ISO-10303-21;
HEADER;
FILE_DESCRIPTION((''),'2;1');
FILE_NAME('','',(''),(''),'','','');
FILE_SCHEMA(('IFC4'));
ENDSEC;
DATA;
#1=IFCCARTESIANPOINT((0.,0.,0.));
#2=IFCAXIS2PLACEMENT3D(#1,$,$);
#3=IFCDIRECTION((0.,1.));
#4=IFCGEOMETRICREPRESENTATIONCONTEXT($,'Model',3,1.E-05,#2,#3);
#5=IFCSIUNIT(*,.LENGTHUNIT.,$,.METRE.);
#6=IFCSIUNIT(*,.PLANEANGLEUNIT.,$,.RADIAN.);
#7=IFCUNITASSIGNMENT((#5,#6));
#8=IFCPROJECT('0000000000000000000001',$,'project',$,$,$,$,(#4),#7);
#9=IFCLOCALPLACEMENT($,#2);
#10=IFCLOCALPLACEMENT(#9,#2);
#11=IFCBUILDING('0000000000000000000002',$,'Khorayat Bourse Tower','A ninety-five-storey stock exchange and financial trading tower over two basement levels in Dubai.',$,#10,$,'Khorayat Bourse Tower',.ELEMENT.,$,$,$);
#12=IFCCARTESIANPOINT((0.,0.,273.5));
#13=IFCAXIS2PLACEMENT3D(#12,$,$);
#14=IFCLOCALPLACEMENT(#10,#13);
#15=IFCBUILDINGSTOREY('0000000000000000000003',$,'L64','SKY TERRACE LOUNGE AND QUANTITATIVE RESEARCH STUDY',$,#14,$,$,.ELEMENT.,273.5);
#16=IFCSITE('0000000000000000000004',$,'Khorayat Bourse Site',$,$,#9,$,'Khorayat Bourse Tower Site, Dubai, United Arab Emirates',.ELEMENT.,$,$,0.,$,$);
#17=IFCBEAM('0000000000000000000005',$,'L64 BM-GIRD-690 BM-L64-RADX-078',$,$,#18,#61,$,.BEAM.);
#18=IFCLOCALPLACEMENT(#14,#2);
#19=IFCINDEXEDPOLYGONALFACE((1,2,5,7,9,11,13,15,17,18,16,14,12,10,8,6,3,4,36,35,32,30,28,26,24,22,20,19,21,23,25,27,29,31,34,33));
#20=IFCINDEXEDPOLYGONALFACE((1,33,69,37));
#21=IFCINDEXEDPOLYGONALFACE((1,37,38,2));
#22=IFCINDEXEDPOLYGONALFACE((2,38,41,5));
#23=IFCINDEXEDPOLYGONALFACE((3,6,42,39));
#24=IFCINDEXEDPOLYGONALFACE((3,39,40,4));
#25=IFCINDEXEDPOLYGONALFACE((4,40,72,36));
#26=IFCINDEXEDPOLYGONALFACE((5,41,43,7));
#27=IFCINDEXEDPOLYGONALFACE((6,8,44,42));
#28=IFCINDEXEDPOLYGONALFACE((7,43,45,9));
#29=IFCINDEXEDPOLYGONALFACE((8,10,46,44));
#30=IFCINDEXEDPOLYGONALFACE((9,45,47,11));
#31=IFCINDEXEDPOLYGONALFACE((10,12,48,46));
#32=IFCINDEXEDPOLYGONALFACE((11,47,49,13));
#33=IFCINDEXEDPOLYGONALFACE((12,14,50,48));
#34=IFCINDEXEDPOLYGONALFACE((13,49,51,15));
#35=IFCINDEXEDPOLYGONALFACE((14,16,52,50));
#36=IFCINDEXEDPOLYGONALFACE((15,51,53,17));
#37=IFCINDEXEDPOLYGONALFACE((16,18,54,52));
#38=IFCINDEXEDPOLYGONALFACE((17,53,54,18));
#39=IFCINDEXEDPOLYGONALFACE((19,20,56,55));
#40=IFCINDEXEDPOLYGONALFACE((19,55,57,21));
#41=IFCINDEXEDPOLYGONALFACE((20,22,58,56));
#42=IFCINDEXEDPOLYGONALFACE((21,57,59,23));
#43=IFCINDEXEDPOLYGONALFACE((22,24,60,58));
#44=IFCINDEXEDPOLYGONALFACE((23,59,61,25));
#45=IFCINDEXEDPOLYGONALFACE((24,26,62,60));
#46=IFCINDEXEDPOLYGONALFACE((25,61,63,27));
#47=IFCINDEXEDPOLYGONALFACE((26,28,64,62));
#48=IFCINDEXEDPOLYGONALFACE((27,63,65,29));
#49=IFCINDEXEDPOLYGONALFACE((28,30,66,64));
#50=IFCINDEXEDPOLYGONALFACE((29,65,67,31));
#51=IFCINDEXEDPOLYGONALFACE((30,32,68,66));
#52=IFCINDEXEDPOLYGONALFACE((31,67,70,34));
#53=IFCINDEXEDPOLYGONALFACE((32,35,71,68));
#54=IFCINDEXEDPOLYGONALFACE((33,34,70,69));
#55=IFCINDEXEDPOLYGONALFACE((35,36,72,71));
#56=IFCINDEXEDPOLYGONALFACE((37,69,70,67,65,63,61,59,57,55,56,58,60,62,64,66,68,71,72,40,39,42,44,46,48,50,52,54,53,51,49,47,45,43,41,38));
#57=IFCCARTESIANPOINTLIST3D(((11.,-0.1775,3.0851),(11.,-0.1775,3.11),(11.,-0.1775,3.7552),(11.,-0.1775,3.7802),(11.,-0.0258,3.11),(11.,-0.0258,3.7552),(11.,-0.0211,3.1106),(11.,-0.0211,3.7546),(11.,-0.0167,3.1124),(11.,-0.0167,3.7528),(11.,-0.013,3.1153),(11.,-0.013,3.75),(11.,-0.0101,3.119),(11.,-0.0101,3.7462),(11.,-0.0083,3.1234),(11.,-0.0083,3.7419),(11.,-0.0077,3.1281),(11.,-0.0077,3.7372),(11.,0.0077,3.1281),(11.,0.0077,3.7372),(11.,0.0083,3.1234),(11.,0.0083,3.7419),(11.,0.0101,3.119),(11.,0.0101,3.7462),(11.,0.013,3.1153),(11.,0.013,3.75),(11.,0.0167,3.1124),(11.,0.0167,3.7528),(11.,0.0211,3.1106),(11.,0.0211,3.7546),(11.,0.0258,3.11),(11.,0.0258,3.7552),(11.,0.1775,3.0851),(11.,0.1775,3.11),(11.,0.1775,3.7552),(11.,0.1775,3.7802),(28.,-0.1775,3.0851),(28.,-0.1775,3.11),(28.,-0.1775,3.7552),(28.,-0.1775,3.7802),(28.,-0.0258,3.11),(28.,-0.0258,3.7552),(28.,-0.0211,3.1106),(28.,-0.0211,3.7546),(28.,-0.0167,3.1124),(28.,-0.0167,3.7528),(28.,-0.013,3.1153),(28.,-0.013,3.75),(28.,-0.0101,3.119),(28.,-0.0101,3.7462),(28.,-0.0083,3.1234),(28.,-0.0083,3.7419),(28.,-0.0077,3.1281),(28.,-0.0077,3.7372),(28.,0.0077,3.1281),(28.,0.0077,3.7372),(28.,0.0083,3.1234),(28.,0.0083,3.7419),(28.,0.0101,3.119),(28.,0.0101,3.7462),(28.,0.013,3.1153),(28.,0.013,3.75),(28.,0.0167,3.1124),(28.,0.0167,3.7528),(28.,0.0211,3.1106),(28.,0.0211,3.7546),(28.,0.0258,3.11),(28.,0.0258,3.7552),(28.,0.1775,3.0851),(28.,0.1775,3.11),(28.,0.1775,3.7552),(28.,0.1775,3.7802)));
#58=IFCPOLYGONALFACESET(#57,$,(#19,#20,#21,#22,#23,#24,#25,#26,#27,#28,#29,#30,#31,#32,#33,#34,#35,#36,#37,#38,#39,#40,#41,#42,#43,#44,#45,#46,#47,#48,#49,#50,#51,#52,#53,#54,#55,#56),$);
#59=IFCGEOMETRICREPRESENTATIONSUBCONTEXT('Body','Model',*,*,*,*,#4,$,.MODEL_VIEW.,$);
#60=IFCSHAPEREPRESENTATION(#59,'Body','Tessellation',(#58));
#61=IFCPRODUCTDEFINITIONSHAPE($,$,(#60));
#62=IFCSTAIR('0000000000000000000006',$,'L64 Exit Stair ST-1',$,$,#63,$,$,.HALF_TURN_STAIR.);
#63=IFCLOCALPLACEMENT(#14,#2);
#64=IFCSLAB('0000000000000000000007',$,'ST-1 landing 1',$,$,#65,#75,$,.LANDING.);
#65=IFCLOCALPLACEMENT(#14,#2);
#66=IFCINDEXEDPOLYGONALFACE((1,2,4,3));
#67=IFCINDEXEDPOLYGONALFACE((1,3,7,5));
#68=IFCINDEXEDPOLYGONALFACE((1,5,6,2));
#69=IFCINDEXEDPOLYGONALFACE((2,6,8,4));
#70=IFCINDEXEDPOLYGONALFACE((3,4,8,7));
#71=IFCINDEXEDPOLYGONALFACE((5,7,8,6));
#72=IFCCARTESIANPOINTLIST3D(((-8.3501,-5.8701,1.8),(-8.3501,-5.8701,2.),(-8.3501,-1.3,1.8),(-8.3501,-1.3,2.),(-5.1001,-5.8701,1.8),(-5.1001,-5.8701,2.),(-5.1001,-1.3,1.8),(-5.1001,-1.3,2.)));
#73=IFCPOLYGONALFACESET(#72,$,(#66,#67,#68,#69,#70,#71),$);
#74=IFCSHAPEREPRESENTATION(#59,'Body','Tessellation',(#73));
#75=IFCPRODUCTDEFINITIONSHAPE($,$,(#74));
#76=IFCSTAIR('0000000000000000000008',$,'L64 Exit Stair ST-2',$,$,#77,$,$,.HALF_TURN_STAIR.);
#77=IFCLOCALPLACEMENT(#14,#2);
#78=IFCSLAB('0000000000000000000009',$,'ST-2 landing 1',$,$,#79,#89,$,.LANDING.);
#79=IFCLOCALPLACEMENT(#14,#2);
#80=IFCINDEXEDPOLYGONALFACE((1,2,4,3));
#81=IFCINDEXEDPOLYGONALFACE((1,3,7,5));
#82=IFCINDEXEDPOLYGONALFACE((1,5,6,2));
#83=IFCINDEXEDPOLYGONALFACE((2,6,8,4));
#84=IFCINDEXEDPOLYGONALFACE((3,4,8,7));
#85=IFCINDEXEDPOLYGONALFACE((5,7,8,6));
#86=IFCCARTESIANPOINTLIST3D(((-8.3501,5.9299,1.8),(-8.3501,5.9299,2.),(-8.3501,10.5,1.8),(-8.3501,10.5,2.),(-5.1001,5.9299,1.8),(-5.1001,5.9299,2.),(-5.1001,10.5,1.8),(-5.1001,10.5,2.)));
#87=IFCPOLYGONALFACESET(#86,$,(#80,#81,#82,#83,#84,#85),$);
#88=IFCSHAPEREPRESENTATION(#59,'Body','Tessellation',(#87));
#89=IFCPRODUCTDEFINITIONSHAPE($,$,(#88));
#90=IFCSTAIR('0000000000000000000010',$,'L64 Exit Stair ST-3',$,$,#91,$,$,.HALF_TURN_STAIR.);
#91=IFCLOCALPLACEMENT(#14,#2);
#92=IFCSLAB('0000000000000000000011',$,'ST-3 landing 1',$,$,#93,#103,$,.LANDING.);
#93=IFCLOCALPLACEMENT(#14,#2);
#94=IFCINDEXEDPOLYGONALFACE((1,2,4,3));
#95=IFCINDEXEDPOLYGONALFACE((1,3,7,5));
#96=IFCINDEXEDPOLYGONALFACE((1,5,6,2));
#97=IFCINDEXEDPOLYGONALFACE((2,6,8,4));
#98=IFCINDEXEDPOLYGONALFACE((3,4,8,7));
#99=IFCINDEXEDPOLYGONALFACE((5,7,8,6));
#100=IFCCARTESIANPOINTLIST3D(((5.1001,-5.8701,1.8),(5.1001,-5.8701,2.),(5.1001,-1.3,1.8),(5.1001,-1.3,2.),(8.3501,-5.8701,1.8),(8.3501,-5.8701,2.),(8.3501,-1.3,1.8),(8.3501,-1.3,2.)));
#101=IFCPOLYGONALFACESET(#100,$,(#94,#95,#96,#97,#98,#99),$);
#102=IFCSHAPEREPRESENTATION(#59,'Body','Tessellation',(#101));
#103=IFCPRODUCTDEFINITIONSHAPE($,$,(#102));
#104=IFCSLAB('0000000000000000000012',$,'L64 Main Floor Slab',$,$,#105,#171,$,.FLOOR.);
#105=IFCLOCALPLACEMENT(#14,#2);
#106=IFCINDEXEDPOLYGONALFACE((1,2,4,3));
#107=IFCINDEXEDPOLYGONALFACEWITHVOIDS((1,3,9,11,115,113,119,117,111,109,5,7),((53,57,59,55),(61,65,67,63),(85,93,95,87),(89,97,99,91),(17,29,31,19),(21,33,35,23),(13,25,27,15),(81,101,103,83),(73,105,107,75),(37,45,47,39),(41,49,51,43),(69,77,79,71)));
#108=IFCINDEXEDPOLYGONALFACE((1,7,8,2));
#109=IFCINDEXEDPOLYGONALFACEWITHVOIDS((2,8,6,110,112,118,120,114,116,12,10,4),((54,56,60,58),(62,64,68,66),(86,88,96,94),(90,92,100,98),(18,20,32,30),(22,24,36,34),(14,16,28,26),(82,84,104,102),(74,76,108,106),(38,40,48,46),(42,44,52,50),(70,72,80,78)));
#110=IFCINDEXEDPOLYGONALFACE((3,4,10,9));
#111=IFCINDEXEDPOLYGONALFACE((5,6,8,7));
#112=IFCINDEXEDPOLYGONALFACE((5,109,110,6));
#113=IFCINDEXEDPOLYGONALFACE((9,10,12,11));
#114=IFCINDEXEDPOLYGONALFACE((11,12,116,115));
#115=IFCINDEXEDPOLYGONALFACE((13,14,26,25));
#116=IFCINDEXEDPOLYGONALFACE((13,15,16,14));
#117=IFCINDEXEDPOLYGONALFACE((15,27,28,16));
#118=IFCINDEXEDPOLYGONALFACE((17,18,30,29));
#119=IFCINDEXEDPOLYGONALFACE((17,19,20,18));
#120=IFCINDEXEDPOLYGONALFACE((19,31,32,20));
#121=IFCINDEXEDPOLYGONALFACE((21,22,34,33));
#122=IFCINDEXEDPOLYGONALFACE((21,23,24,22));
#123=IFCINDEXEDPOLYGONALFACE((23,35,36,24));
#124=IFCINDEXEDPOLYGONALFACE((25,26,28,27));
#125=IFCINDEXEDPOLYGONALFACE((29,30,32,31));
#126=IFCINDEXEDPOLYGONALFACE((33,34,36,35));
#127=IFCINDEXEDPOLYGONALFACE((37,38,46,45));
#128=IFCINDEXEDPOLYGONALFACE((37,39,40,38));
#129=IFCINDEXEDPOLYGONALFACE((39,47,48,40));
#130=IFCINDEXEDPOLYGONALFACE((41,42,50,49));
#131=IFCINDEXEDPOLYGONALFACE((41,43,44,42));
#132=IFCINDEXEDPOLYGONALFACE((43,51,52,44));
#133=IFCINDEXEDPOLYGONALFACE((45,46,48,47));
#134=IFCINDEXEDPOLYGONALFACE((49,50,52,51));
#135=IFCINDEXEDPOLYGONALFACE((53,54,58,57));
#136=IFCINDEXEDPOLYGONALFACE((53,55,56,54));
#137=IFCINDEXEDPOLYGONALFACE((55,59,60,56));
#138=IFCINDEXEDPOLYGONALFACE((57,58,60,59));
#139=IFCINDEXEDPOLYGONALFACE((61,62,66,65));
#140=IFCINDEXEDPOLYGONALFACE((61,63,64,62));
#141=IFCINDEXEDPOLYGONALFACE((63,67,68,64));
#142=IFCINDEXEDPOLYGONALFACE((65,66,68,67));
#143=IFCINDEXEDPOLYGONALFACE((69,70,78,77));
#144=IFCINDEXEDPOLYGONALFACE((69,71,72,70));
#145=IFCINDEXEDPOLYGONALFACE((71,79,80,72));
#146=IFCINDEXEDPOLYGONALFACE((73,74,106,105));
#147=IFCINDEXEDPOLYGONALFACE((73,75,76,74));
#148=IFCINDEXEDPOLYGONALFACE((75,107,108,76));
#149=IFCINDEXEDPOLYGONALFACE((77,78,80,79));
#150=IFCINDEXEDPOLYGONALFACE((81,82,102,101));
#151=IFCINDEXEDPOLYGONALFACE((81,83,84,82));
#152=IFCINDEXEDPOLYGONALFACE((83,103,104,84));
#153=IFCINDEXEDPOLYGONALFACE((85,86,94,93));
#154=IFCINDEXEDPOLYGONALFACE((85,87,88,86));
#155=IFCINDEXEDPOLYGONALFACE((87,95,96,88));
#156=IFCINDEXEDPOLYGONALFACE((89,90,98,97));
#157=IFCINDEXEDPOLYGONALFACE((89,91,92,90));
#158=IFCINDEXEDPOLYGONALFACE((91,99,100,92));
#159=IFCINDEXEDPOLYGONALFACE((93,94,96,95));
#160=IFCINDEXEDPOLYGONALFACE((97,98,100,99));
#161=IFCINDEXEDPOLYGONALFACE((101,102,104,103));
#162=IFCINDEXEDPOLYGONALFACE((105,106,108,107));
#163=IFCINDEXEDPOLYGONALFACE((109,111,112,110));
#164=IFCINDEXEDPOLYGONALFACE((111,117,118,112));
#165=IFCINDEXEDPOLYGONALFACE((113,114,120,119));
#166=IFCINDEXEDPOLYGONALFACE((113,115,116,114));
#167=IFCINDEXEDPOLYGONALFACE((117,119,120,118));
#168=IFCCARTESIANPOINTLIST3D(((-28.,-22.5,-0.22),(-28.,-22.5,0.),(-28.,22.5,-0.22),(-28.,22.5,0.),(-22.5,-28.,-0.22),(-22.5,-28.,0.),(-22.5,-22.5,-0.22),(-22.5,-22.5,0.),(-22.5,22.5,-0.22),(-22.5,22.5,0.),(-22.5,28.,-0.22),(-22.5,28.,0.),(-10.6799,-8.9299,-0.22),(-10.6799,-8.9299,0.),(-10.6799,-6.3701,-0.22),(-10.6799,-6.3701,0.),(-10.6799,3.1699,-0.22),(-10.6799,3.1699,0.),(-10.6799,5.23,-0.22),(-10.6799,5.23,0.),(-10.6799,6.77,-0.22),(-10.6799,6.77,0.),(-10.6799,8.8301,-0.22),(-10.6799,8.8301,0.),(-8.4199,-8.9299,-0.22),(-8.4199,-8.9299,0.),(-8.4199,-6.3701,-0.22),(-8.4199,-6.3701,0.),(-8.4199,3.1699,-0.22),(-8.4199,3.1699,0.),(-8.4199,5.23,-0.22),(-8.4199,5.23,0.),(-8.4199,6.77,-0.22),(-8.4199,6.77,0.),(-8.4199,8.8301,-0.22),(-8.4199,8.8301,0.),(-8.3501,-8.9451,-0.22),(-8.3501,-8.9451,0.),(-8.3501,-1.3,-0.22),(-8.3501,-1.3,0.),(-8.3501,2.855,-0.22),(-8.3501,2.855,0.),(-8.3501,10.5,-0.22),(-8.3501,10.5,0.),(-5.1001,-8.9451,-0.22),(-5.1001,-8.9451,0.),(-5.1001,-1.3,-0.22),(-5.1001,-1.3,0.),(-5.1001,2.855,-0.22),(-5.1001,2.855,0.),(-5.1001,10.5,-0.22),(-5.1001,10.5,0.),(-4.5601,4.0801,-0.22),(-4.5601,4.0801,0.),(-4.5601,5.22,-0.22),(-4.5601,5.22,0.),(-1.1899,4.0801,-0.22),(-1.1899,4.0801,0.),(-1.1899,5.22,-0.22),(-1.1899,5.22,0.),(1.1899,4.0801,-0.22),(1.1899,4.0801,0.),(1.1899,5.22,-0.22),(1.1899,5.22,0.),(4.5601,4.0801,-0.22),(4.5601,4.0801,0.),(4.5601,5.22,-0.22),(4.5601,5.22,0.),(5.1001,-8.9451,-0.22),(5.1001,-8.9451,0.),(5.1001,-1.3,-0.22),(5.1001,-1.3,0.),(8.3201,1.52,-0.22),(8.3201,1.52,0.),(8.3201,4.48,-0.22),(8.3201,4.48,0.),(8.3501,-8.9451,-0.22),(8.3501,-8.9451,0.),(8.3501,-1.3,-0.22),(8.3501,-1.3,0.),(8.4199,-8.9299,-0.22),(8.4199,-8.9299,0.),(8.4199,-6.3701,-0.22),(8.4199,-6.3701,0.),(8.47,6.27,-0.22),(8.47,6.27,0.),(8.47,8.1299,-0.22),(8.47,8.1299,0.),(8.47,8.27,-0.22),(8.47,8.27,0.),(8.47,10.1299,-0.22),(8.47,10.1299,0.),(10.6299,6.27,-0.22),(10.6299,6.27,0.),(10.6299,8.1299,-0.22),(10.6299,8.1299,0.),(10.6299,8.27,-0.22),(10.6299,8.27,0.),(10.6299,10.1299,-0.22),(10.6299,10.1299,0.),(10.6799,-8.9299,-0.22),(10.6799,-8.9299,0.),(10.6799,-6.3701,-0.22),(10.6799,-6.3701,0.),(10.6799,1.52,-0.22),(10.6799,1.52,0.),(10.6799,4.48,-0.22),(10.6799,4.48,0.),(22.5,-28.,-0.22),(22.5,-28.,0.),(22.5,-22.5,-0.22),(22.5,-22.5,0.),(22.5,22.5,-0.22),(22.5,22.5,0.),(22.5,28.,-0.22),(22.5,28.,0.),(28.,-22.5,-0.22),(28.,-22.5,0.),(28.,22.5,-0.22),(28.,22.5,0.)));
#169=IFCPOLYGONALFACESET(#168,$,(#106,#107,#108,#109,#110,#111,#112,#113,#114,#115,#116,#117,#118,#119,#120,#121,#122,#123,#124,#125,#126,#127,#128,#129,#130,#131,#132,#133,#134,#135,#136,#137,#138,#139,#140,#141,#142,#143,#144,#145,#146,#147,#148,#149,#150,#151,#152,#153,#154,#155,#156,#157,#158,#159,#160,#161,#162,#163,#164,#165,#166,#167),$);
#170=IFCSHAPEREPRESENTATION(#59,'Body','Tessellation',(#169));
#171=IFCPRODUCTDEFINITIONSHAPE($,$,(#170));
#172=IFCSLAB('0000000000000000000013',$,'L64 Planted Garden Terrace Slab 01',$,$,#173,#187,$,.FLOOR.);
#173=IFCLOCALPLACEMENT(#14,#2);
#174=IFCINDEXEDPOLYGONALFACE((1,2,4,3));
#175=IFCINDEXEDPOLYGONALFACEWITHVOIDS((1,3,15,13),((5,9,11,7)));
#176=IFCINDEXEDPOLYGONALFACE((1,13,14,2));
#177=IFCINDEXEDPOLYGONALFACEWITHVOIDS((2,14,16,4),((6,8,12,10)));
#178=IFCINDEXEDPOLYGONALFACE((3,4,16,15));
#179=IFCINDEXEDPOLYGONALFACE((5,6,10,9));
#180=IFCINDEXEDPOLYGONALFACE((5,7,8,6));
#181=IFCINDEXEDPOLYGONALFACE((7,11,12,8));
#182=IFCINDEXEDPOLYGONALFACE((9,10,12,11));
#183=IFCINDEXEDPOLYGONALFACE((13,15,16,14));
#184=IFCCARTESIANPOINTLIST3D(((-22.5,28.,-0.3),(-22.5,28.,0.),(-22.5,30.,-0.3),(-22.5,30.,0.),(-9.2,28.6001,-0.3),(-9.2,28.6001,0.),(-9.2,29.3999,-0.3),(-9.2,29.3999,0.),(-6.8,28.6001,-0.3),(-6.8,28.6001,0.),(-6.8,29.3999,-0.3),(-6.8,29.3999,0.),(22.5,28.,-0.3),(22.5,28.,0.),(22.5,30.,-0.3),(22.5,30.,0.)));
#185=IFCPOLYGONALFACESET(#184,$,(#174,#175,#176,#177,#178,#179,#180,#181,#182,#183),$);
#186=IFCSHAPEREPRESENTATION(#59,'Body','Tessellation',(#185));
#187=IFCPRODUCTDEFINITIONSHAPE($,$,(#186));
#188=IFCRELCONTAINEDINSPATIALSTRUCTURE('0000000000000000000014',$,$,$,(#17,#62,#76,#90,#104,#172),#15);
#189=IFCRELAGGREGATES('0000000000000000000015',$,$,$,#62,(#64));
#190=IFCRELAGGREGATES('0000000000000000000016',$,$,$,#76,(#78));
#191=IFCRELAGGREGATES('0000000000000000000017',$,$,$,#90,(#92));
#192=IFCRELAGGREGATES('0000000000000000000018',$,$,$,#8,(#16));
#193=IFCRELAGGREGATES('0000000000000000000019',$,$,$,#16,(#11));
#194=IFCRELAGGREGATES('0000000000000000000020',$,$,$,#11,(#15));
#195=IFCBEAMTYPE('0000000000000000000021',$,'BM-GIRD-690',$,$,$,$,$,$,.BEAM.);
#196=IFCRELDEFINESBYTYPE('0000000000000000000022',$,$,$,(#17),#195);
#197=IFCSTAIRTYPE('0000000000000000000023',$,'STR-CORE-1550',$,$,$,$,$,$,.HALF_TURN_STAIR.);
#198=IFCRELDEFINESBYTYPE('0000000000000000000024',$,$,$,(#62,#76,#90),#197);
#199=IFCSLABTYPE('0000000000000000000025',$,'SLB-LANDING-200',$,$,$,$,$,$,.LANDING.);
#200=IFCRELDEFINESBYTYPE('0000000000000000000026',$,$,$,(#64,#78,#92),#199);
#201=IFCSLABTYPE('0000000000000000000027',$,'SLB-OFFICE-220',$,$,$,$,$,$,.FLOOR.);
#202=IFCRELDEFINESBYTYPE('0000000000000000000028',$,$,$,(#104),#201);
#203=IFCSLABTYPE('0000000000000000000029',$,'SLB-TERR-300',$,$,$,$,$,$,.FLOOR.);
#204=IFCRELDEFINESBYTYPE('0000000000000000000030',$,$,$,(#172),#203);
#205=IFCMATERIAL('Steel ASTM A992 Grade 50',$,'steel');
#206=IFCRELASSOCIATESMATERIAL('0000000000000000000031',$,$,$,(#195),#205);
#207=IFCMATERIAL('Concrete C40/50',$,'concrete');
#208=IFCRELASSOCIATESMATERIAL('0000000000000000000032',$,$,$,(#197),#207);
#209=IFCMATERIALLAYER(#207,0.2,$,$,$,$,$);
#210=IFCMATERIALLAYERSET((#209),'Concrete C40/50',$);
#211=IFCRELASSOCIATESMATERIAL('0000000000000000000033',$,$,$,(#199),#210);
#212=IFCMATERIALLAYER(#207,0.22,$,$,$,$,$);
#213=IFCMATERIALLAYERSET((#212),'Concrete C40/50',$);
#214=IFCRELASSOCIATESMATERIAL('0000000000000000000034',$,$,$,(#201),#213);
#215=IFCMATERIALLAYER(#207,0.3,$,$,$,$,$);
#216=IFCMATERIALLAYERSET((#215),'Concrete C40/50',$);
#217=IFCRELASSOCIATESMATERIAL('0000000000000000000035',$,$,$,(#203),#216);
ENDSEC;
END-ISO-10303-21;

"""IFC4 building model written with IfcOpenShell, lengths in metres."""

from ifc_helpers import new_model, si_unit, direction, frame, origin, origin_2d, place, context, subcontext, project, spatial, polyline, i_section, outline, extrude, source, transform, mapped, material, layer, layer_set, material_profile, profile_set, type_object, element, aggregate, save


model = new_model("IFC4")

# Units and contexts
model_context = context("Model", 3, precision=1e-05, world=origin(), true_north=direction((0.0, 1.0)))
body_context = subcontext(model_context, "Body", "Model", "MODEL_VIEW")
ifc_project = project(units=[si_unit("LENGTHUNIT", "METRE"), si_unit("PLANEANGLEUNIT", "RADIAN")], contexts=[model_context])

# Site, building, storey
site_placement = place(None, origin())
site = spatial("IfcSite", under=ifc_project, at=site_placement, Name="Khorayat Bourse Site", LongName="Khorayat Bourse Tower Site, Dubai, United Arab Emirates", CompositionType="ELEMENT", RefElevation=0.0)
building_placement = place(site_placement, origin())
building = spatial("IfcBuilding", under=site, at=building_placement, Name="Khorayat Bourse Tower", Description="A ninety-five-storey stock exchange and financial trading tower over two basement levels in Dubai.", LongName="Khorayat Bourse Tower", CompositionType="ELEMENT")
storey_placement = place(building_placement, frame((0.0, 0.0, 273.5)))
storey = spatial("IfcBuildingStorey", under=building, at=storey_placement, Name="L64", Description="SKY TERRACE LOUNGE AND QUANTITATIVE RESEARCH STUDY", CompositionType="ELEMENT", Elevation=273.5)

# Beam
ifc_material_1 = material(Name="Steel ASTM A992 Grade 50", Category="steel")
ifc_material_profile_1 = material_profile(ifc_material_1, i_section(OverallWidth=0.355, OverallDepth=0.6951, WebThickness=0.0154, FlangeThickness=0.0249, FilletRadius=0.0181, at=origin_2d()), Name="W690X217")
ifc_profile_set_1 = profile_set([ifc_material_profile_1], Name="Steel ASTM A992 Grade 50")
beam_type_1 = type_object("IfcBeamType", Name="BM-GIRD-690", PredefinedType="BEAM", material=ifc_profile_set_1)
shared_shape_1 = source(origin(), body_context, "Body", "SweptSolid", [
    extrude(i_section(OverallWidth=0.355, OverallDepth=0.6951, WebThickness=0.0154, FlangeThickness=0.0249, FilletRadius=0.0181, at=origin_2d()), origin(), (0.0, 0.0, 1.0), 17.0),
])
beam_1_placement = place(storey_placement, frame((11.0, 0.0, 3.4326), z_axis=(1.0, 0.0, 0.0), x_axis=(0.0, 1.0, 0.0)))
element("IfcBeam", 1, at=beam_1_placement, inside=storey, type_object=beam_type_1, Name="L64 BM-GIRD-690 BM-L64-RADX-078", PredefinedType="BEAM", context=body_context, shape_type="MappedRepresentation", body=[
    mapped(shared_shape_1, transform((0.0, 0.0, 0.0), scale=1.0)),
])

# Stairs, slabs
ifc_material_2 = material(Name="Concrete C40/50", Category="concrete")
stair_type = type_object("IfcStairType", Name="STR-CORE-1550", PredefinedType="HALF_TURN_STAIR", material=ifc_material_2)
stair_1_placement = place(storey_placement, origin())
stair_1 = element("IfcStair", 2, at=stair_1_placement, inside=storey, type_object=stair_type, Name="L64 Exit Stair ST-1", PredefinedType="HALF_TURN_STAIR")
ifc_layer_1 = layer(ifc_material_2, 0.2)
ifc_layer_set_1 = layer_set([ifc_layer_1], Name="Concrete C40/50")
slab_type_1 = type_object("IfcSlabType", Name="SLB-LANDING-200", PredefinedType="LANDING", material=ifc_layer_set_1)
slab_1_placement = place(storey_placement, frame((0.0, 0.0, 1.8)))
slab_1 = element("IfcSlab", 3, at=slab_1_placement, type_object=slab_type_1, Name="ST-1 landing 1", PredefinedType="LANDING", context=body_context, shape_type="SweptSolid", body=[
    extrude(outline(polyline([(-5.1001, -5.8701), (-5.1001, -1.3), (-8.3501, -1.3), (-8.3501, -5.8701), (-5.1001, -5.8701)])), origin(), (0.0, 0.0, 1.0), 0.2),
])
aggregate(stair_1, [slab_1])
stair_2_placement = place(storey_placement, origin())
stair_2 = element("IfcStair", 4, at=stair_2_placement, inside=storey, type_object=stair_type, Name="L64 Exit Stair ST-2", PredefinedType="HALF_TURN_STAIR")
slab_2_placement = place(storey_placement, frame((0.0, 0.0, 1.8)))
slab_2 = element("IfcSlab", 5, at=slab_2_placement, type_object=slab_type_1, Name="ST-2 landing 1", PredefinedType="LANDING", context=body_context, shape_type="SweptSolid", body=[
    extrude(outline(polyline([(-5.1001, 5.9299), (-5.1001, 10.5), (-8.3501, 10.5), (-8.3501, 5.9299), (-5.1001, 5.9299)])), origin(), (0.0, 0.0, 1.0), 0.2),
])
aggregate(stair_2, [slab_2])
stair_3_placement = place(storey_placement, origin())
stair_3 = element("IfcStair", 6, at=stair_3_placement, inside=storey, type_object=stair_type, Name="L64 Exit Stair ST-3", PredefinedType="HALF_TURN_STAIR")
slab_3_placement = place(storey_placement, frame((0.0, 0.0, 1.8)))
slab_3 = element("IfcSlab", 7, at=slab_3_placement, type_object=slab_type_1, Name="ST-3 landing 1", PredefinedType="LANDING", context=body_context, shape_type="SweptSolid", body=[
    extrude(outline(polyline([(8.3501, -5.8701), (8.3501, -1.3), (5.1001, -1.3), (5.1001, -5.8701), (8.3501, -5.8701)])), origin(), (0.0, 0.0, 1.0), 0.2),
])
aggregate(stair_3, [slab_3])

# Slabs
ifc_layer_2 = layer(ifc_material_2, 0.22)
ifc_layer_set_2 = layer_set([ifc_layer_2], Name="Concrete C40/50")
slab_type_2 = type_object("IfcSlabType", Name="SLB-OFFICE-220", PredefinedType="FLOOR", material=ifc_layer_set_2)
slab_4_placement = place(storey_placement, frame((0.0, 0.0, -0.22)))
element("IfcSlab", 8, at=slab_4_placement, inside=storey, type_object=slab_type_2, Name="L64 Main Floor Slab", PredefinedType="FLOOR", context=body_context, shape_type="SweptSolid", body=[
    extrude(outline(polyline([(-22.5, -28.0), (22.5, -28.0), (22.5, -22.5), (28.0, -22.5), (28.0, 22.5), (22.5, 22.5), (22.5, 28.0), (-22.5, 28.0), (-22.5, 22.5), (-28.0, 22.5), (-28.0, -22.5), (-22.5, -22.5), (-22.5, -28.0)]), holes=[polyline([(-8.3501, -8.9451), (-5.1001, -8.9451), (-5.1001, -1.3), (-8.3501, -1.3), (-8.3501, -8.9451)]), polyline([(-8.3501, 2.855), (-5.1001, 2.855), (-5.1001, 10.5), (-8.3501, 10.5), (-8.3501, 2.855)]), polyline([(5.1001, -8.9451), (8.3501, -8.9451), (8.3501, -1.3), (5.1001, -1.3), (5.1001, -8.9451)]), polyline([(-10.6799, 3.1699), (-8.4199, 3.1699), (-8.4199, 5.23), (-10.6799, 5.23), (-10.6799, 3.1699)]), polyline([(-10.6799, 6.77), (-8.4199, 6.77), (-8.4199, 8.8301), (-10.6799, 8.8301), (-10.6799, 6.77)]), polyline([(8.47, 6.27), (10.6299, 6.27), (10.6299, 8.1299), (8.47, 8.1299), (8.47, 6.27)]), polyline([(8.47, 8.27), (10.6299, 8.27), (10.6299, 10.1299), (8.47, 10.1299), (8.47, 8.27)]), polyline([(-10.6799, -8.9299), (-8.4199, -8.9299), (-8.4199, -6.3701), (-10.6799, -6.3701), (-10.6799, -8.9299)]), polyline([(8.4199, -8.9299), (10.6799, -8.9299), (10.6799, -6.3701), (8.4199, -6.3701), (8.4199, -8.9299)]), polyline([(8.3201, 1.52), (10.6799, 1.52), (10.6799, 4.48), (8.3201, 4.48), (8.3201, 1.52)]), polyline([(-4.5601, 4.0801), (-1.1899, 4.0801), (-1.1899, 5.22), (-4.5601, 5.22), (-4.5601, 4.0801)]), polyline([(1.1899, 4.0801), (4.5601, 4.0801), (4.5601, 5.22), (1.1899, 5.22), (1.1899, 4.0801)])]), origin(), (0.0, 0.0, 1.0), 0.22),
])
ifc_layer_3 = layer(ifc_material_2, 0.3)
ifc_layer_set_3 = layer_set([ifc_layer_3], Name="Concrete C40/50")
slab_type_3 = type_object("IfcSlabType", Name="SLB-TERR-300", PredefinedType="FLOOR", material=ifc_layer_set_3)
slab_5_placement = place(storey_placement, frame((0.0, 0.0, -0.3)))
element("IfcSlab", 9, at=slab_5_placement, inside=storey, type_object=slab_type_3, Name="L64 Planted Garden Terrace Slab 01", PredefinedType="FLOOR", context=body_context, shape_type="SweptSolid", body=[
    extrude(outline(polyline([(-22.5, 28.0), (22.5, 28.0), (22.5, 30.0), (-22.5, 30.0), (-22.5, 28.0)]), holes=[polyline([(-9.2, 28.6001), (-6.8, 28.6001), (-6.8, 29.3999), (-9.2, 29.3999), (-9.2, 28.6001)])]), origin(), (0.0, 0.0, 1.0), 0.3),
])

save(model, "model.ifc")
